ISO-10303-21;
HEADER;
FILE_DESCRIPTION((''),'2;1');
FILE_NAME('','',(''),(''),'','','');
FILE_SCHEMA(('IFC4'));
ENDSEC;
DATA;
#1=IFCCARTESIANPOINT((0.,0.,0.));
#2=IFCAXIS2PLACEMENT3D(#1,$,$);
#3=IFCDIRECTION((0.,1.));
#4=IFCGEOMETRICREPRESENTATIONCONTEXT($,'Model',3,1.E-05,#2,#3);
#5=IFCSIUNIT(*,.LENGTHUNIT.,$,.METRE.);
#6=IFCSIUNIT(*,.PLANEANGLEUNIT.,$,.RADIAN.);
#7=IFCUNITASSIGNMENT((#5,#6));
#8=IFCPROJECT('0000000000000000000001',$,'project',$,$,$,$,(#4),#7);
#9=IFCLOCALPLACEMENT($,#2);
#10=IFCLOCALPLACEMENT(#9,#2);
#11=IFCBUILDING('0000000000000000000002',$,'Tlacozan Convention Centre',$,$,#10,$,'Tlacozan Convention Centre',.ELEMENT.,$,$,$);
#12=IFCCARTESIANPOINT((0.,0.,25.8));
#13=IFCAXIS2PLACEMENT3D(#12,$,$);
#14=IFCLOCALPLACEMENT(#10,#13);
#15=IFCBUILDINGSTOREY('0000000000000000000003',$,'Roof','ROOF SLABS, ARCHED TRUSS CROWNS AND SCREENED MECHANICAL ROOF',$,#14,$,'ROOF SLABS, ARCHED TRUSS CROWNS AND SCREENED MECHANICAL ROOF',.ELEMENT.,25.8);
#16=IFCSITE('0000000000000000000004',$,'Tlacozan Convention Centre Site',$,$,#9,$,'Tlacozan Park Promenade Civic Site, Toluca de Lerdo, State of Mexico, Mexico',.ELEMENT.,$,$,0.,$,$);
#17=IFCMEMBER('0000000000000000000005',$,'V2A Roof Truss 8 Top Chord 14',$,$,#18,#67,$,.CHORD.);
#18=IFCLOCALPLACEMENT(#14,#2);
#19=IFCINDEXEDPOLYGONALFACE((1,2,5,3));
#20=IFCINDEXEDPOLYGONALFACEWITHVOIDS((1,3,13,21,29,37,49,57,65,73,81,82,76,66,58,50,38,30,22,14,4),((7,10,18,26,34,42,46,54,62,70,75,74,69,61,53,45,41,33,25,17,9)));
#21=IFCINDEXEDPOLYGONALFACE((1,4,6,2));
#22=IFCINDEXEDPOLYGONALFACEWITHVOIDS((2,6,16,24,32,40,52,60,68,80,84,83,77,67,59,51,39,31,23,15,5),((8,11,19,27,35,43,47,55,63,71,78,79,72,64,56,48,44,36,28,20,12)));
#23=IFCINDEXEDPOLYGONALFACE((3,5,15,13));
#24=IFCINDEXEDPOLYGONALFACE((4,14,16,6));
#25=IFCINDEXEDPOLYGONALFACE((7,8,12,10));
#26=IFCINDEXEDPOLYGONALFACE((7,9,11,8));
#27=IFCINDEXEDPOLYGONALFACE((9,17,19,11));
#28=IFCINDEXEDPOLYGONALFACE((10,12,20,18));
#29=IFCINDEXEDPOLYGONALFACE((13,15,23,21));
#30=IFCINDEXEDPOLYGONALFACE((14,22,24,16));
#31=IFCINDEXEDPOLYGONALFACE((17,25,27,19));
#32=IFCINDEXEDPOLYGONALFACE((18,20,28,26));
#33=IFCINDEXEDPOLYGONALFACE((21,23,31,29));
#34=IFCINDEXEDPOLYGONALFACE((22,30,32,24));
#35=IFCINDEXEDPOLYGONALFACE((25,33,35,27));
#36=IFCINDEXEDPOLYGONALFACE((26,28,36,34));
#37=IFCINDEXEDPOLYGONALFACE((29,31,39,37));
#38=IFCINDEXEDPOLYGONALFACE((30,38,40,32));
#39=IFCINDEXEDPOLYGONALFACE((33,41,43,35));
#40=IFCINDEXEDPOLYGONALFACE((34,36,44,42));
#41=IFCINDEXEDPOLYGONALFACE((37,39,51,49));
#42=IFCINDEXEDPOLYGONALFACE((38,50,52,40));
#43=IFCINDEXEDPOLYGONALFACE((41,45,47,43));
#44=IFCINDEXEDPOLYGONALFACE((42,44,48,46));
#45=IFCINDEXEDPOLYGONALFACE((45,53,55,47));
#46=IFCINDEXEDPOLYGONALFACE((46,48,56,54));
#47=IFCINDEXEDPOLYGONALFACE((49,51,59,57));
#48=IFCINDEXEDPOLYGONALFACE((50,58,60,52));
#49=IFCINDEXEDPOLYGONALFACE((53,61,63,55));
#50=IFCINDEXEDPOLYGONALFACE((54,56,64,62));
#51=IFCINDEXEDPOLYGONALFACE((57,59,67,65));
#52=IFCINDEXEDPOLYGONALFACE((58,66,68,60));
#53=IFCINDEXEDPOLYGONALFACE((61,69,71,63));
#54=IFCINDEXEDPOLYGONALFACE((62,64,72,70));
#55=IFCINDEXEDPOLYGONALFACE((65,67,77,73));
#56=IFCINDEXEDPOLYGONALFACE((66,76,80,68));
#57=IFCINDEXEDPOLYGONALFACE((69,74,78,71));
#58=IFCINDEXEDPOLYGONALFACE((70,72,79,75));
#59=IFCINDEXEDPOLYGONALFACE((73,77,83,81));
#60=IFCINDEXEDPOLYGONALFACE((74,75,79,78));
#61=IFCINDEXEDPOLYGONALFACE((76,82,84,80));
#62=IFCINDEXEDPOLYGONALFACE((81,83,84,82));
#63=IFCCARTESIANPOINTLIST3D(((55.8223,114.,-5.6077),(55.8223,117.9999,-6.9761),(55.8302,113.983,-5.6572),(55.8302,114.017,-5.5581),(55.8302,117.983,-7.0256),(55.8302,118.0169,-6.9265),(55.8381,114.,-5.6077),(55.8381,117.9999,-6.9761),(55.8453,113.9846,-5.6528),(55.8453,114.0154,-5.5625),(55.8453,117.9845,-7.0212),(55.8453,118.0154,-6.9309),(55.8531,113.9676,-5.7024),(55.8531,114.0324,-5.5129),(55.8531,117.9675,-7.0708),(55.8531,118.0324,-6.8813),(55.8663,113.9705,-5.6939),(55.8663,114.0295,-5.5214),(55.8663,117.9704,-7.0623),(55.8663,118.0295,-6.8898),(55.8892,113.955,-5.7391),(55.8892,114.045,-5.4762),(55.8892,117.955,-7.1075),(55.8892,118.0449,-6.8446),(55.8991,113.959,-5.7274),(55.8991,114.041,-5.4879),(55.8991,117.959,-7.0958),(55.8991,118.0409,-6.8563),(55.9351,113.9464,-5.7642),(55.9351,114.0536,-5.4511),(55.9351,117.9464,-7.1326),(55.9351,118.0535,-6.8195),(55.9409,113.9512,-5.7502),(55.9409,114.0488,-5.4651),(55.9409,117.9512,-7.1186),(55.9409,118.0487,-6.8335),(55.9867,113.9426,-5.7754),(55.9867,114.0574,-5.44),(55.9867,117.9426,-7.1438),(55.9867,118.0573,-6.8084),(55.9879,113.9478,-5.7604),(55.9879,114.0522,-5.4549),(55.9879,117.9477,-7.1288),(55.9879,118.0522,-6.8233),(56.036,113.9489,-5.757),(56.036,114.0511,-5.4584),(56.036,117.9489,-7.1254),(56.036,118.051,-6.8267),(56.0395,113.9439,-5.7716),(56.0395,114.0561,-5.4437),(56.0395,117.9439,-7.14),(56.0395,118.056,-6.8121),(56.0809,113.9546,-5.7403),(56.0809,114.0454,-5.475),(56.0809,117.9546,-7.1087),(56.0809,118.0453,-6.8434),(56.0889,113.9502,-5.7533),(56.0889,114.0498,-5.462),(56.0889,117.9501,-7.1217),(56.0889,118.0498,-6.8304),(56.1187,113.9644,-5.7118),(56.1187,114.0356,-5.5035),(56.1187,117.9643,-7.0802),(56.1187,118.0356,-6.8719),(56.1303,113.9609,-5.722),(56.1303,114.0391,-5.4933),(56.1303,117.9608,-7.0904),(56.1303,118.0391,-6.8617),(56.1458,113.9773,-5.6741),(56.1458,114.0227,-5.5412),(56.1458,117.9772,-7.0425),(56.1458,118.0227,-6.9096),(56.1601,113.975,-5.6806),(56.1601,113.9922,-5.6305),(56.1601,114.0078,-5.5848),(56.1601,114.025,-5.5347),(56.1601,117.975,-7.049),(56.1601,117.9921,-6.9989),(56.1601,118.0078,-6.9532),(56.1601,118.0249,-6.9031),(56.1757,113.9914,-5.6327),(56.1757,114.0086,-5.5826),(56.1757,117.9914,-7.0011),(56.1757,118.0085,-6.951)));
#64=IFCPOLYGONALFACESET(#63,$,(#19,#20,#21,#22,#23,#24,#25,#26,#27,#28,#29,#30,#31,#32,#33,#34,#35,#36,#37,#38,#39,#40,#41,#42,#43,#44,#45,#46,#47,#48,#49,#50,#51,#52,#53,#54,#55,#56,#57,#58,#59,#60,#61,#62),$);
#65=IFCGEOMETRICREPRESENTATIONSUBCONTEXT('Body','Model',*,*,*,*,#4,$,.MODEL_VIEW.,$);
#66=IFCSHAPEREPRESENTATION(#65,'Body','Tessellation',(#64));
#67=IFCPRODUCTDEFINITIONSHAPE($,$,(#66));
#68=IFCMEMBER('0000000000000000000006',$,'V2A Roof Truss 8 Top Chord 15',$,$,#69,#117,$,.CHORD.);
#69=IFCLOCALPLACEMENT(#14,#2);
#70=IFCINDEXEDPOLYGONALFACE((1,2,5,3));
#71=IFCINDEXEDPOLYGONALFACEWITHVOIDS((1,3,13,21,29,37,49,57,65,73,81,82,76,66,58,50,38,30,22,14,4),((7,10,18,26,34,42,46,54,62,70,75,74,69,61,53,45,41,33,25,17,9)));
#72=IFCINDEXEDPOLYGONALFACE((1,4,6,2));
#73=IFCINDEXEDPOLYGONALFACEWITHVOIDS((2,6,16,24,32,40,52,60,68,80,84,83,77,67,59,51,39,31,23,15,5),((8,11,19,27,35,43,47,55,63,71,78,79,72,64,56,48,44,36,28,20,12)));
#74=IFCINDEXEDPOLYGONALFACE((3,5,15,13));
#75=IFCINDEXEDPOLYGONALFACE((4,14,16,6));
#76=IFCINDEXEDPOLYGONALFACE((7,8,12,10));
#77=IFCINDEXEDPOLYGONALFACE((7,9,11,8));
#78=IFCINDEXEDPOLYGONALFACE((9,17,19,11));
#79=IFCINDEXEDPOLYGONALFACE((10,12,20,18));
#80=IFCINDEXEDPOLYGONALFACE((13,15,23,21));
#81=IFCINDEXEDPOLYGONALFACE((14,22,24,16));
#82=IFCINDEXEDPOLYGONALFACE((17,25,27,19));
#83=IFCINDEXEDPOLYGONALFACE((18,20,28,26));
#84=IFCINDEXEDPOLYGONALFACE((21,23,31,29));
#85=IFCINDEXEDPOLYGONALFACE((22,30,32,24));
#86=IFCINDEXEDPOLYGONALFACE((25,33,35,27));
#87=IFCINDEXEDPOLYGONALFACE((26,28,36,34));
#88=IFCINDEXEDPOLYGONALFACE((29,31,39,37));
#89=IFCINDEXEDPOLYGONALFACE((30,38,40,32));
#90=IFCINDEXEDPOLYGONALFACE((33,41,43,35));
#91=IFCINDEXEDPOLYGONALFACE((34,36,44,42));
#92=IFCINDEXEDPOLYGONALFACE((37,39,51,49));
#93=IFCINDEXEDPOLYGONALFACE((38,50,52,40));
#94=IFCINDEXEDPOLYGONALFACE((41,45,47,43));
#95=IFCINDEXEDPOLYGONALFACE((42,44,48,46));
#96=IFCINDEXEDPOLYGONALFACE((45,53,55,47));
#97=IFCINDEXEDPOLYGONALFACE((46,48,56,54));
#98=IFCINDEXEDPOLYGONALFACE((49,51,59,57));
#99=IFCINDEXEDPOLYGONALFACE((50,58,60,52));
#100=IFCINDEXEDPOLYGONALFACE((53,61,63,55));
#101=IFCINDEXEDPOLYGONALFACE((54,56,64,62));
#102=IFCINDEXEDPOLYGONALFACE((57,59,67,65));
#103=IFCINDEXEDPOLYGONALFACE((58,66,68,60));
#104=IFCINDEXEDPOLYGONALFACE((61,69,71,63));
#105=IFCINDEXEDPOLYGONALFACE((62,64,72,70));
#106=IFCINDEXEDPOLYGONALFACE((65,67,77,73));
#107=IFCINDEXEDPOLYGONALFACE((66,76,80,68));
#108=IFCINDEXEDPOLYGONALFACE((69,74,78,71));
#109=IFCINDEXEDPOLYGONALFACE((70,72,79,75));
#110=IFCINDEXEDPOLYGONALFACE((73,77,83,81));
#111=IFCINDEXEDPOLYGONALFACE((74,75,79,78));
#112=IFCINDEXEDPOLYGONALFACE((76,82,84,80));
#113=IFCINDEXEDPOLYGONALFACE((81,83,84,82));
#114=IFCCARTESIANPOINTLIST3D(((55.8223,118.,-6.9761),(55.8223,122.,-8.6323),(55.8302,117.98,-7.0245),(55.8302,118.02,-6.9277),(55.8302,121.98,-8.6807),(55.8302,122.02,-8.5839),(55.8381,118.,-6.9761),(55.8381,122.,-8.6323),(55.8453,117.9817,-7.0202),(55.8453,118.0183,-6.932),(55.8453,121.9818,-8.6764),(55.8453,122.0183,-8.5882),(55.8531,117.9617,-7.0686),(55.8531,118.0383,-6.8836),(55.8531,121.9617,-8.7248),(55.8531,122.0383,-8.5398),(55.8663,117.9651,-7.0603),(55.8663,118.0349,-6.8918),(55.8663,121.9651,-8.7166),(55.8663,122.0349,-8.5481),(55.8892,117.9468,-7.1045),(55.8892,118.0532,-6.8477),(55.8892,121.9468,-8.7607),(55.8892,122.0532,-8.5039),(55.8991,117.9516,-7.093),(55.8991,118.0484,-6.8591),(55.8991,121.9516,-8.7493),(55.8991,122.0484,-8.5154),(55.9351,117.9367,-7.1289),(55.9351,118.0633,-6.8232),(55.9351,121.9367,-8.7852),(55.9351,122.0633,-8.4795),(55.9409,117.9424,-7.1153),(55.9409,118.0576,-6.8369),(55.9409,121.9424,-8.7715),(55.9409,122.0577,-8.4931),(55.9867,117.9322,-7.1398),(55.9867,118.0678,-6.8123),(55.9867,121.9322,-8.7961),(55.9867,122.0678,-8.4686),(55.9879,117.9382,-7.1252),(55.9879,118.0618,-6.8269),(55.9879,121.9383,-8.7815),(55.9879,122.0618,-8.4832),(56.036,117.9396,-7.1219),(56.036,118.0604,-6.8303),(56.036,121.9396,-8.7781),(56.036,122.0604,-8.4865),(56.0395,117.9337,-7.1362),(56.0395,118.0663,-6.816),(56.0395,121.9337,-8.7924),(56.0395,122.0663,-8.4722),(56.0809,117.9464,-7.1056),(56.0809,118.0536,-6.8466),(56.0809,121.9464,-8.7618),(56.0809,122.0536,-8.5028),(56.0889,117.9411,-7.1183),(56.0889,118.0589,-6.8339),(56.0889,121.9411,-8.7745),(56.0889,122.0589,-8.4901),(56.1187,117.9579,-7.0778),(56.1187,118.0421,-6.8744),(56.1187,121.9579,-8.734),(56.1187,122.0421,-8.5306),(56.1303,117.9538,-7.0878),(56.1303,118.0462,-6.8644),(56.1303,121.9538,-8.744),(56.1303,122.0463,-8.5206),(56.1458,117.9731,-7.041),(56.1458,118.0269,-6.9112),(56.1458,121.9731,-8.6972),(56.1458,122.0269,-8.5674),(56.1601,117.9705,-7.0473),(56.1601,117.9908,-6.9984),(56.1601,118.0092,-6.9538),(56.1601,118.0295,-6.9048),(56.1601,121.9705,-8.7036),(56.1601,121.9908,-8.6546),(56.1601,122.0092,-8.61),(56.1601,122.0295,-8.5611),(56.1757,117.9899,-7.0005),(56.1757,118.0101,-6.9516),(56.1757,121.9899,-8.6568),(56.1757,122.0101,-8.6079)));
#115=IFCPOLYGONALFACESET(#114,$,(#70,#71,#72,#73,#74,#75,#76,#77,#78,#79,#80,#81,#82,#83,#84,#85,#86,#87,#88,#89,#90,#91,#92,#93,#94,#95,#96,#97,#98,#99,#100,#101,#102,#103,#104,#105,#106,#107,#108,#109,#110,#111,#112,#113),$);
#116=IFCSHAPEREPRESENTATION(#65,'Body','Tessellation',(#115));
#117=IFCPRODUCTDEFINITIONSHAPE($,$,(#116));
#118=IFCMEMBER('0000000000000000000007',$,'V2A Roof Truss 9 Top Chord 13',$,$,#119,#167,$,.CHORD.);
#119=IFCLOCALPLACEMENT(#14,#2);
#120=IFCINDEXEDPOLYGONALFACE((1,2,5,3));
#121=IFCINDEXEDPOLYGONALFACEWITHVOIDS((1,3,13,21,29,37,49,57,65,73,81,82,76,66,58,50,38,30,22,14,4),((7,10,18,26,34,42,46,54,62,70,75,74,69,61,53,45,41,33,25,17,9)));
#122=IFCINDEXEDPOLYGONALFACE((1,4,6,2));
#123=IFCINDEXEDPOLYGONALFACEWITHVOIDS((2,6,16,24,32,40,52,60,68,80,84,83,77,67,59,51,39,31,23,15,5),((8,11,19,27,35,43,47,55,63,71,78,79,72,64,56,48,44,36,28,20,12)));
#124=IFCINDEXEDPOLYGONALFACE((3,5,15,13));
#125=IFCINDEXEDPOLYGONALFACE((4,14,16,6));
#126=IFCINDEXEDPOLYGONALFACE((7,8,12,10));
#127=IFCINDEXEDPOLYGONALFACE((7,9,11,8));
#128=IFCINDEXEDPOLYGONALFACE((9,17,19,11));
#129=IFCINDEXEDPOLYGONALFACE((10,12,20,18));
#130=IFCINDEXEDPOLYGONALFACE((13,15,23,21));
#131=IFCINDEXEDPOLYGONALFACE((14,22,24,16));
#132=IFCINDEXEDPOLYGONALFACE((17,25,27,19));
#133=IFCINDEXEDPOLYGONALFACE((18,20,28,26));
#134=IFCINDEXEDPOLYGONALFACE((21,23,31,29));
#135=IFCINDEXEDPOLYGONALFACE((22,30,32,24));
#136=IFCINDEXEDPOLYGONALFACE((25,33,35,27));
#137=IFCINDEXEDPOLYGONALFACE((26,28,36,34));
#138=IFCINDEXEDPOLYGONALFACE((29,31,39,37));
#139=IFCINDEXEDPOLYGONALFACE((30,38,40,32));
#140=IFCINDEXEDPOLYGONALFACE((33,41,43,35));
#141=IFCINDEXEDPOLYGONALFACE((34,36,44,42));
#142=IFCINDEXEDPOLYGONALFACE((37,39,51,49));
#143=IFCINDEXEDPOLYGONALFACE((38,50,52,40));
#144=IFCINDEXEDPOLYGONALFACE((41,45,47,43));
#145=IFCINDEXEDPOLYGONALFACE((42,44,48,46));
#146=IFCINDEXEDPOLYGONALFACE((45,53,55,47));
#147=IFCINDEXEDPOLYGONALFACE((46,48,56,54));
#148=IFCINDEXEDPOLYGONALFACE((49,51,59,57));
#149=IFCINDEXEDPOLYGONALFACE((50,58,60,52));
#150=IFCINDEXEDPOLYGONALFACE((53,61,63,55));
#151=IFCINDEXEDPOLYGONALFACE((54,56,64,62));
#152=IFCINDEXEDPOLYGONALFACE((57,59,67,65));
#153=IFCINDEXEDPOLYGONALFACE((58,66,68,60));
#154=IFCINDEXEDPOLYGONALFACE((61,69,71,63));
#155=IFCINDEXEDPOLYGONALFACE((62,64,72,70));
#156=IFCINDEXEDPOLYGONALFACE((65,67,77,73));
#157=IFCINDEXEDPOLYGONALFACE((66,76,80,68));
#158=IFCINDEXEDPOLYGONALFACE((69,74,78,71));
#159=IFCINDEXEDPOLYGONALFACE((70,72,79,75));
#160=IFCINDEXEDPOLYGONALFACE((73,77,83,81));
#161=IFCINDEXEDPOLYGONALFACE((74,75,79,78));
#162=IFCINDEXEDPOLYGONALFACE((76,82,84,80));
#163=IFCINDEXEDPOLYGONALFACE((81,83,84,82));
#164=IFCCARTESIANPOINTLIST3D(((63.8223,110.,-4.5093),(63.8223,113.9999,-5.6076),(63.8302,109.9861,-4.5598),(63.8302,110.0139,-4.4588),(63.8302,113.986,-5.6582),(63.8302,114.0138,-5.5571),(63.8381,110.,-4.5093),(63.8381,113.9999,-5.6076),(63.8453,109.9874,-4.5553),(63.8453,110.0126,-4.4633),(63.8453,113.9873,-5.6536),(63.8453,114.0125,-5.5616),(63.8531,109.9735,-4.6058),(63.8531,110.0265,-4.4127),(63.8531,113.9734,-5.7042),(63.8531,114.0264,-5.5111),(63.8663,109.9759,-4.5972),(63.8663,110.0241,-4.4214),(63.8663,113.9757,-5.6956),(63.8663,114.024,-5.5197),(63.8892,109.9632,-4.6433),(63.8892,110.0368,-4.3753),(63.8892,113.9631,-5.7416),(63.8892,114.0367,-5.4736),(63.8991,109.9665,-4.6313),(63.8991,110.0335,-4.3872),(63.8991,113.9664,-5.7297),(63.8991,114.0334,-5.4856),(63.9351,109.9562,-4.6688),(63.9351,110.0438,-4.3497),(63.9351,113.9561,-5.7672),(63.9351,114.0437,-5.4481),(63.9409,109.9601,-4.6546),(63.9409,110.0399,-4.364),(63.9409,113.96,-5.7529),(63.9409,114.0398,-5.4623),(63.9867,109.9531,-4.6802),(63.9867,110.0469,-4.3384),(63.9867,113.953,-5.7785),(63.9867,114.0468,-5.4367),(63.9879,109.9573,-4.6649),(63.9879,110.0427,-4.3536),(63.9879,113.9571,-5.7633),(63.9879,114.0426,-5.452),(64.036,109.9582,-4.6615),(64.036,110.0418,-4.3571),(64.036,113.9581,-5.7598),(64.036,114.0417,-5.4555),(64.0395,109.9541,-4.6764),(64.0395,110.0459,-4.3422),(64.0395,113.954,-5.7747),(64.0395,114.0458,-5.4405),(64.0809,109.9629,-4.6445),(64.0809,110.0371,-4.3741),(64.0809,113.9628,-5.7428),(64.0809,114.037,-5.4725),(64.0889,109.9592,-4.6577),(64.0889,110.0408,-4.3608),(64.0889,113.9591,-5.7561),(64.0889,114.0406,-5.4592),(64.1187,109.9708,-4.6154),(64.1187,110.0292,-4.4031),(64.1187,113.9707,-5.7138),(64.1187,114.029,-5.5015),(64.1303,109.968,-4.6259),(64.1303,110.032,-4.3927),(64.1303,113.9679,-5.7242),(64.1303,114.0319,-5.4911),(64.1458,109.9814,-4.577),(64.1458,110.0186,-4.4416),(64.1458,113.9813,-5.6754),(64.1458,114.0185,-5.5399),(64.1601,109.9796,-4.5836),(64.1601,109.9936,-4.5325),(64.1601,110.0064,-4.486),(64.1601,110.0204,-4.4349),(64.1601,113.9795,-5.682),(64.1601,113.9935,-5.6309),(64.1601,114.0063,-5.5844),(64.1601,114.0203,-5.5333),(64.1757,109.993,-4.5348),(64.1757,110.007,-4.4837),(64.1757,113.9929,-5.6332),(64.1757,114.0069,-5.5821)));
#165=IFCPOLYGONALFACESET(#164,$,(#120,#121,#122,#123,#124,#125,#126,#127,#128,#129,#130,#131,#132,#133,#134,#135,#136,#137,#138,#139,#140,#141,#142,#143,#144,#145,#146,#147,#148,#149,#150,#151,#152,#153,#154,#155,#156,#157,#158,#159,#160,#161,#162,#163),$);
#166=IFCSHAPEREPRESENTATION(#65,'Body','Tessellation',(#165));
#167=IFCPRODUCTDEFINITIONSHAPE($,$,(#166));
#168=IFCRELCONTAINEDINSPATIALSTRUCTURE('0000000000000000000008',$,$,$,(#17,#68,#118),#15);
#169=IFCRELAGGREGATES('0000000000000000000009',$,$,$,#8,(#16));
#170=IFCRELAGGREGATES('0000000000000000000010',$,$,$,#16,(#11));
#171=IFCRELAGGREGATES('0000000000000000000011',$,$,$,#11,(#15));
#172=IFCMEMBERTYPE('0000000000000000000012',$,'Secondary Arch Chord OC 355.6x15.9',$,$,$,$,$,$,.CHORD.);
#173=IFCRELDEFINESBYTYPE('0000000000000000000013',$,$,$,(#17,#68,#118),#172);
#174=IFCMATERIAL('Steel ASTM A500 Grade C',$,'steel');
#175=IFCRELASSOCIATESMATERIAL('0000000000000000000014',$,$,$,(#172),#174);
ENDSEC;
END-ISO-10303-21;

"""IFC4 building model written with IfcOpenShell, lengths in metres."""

from ifc_helpers import new_model, si_unit, direction, frame, origin, origin_2d, place, context, subcontext, project, spatial, hollow_circle, extrude, material, material_profile, profile_set, type_object, element, save


model = new_model("IFC4")

# Units and contexts
model_context = context("Model", 3, precision=1e-05, world=origin(), true_north=direction((0.0, 1.0)))
body_context = subcontext(model_context, "Body", "Model", "MODEL_VIEW")
ifc_project = project(units=[si_unit("LENGTHUNIT", "METRE"), si_unit("PLANEANGLEUNIT", "RADIAN")], contexts=[model_context])

# Site, building, storey
site_placement = place(None, origin())
site = spatial("IfcSite", under=ifc_project, at=site_placement, Name="Tlacozan Convention Centre Site", LongName="Tlacozan Park Promenade Civic Site, Toluca de Lerdo, State of Mexico, Mexico", CompositionType="ELEMENT", RefElevation=0.0)
building_placement = place(site_placement, origin())
building = spatial("IfcBuilding", under=site, at=building_placement, Name="Tlacozan Convention Centre", LongName="Tlacozan Convention Centre", CompositionType="ELEMENT")
storey_placement = place(building_placement, frame((0.0, 0.0, 25.8)))
storey = spatial("IfcBuildingStorey", under=building, at=storey_placement, Name="Roof", Description="ROOF SLABS, ARCHED TRUSS CROWNS AND SCREENED MECHANICAL ROOF", LongName="ROOF SLABS, ARCHED TRUSS CROWNS AND SCREENED MECHANICAL ROOF", CompositionType="ELEMENT", Elevation=25.8)

# Members
ifc_material_1 = material(Name="Steel ASTM A500 Grade C", Category="steel")
ifc_material_profile_1 = material_profile(ifc_material_1, hollow_circle(Radius=0.1777, WallThickness=0.0159, at=origin_2d()), Name="OC 355.6x15.9")
ifc_profile_set_1 = profile_set([ifc_material_profile_1], Name="Steel ASTM A500 Grade C")
member_type_1 = type_object("IfcMemberType", Name="Secondary Arch Chord OC 355.6x15.9", PredefinedType="CHORD", material=ifc_profile_set_1)
member_1_placement = place(storey_placement, frame((56.0, 114.0, -5.6077), z_axis=(0.0, 0.946165, -0.323685), x_axis=(-1.0, 0.0, 0.0)))
element("IfcMember", 1, at=member_1_placement, inside=storey, type_object=member_type_1, Name="V2A Roof Truss 8 Top Chord 14", PredefinedType="CHORD", context=body_context, shape_type="SweptSolid", body=[
    extrude(hollow_circle(Radius=0.1777, WallThickness=0.0159, at=origin_2d()), origin(), (0.0, 0.0, 1.0), 4.2275),
])
member_2_placement = place(storey_placement, frame((56.0, 118.0, -6.9761), z_axis=(0.0, 0.923929, -0.382564), x_axis=(-1.0, 0.0, 0.0)))
element("IfcMember", 2, at=member_2_placement, inside=storey, type_object=member_type_1, Name="V2A Roof Truss 8 Top Chord 15", PredefinedType="CHORD", context=body_context, shape_type="SweptSolid", body=[
    extrude(hollow_circle(Radius=0.1777, WallThickness=0.0159, at=origin_2d()), origin(), (0.0, 0.0, 1.0), 4.3293),
])
member_3_placement = place(storey_placement, frame((64.0, 110.0, -4.5093), z_axis=(0.0, 0.964305, -0.264795), x_axis=(-1.0, 0.0, 0.0)))
element("IfcMember", 3, at=member_3_placement, inside=storey, type_object=member_type_1, Name="V2A Roof Truss 9 Top Chord 13", PredefinedType="CHORD", context=body_context, shape_type="SweptSolid", body=[
    extrude(hollow_circle(Radius=0.1777, WallThickness=0.0159, at=origin_2d()), origin(), (0.0, 0.0, 1.0), 4.1479),
])

save(model, "model.ifc")
